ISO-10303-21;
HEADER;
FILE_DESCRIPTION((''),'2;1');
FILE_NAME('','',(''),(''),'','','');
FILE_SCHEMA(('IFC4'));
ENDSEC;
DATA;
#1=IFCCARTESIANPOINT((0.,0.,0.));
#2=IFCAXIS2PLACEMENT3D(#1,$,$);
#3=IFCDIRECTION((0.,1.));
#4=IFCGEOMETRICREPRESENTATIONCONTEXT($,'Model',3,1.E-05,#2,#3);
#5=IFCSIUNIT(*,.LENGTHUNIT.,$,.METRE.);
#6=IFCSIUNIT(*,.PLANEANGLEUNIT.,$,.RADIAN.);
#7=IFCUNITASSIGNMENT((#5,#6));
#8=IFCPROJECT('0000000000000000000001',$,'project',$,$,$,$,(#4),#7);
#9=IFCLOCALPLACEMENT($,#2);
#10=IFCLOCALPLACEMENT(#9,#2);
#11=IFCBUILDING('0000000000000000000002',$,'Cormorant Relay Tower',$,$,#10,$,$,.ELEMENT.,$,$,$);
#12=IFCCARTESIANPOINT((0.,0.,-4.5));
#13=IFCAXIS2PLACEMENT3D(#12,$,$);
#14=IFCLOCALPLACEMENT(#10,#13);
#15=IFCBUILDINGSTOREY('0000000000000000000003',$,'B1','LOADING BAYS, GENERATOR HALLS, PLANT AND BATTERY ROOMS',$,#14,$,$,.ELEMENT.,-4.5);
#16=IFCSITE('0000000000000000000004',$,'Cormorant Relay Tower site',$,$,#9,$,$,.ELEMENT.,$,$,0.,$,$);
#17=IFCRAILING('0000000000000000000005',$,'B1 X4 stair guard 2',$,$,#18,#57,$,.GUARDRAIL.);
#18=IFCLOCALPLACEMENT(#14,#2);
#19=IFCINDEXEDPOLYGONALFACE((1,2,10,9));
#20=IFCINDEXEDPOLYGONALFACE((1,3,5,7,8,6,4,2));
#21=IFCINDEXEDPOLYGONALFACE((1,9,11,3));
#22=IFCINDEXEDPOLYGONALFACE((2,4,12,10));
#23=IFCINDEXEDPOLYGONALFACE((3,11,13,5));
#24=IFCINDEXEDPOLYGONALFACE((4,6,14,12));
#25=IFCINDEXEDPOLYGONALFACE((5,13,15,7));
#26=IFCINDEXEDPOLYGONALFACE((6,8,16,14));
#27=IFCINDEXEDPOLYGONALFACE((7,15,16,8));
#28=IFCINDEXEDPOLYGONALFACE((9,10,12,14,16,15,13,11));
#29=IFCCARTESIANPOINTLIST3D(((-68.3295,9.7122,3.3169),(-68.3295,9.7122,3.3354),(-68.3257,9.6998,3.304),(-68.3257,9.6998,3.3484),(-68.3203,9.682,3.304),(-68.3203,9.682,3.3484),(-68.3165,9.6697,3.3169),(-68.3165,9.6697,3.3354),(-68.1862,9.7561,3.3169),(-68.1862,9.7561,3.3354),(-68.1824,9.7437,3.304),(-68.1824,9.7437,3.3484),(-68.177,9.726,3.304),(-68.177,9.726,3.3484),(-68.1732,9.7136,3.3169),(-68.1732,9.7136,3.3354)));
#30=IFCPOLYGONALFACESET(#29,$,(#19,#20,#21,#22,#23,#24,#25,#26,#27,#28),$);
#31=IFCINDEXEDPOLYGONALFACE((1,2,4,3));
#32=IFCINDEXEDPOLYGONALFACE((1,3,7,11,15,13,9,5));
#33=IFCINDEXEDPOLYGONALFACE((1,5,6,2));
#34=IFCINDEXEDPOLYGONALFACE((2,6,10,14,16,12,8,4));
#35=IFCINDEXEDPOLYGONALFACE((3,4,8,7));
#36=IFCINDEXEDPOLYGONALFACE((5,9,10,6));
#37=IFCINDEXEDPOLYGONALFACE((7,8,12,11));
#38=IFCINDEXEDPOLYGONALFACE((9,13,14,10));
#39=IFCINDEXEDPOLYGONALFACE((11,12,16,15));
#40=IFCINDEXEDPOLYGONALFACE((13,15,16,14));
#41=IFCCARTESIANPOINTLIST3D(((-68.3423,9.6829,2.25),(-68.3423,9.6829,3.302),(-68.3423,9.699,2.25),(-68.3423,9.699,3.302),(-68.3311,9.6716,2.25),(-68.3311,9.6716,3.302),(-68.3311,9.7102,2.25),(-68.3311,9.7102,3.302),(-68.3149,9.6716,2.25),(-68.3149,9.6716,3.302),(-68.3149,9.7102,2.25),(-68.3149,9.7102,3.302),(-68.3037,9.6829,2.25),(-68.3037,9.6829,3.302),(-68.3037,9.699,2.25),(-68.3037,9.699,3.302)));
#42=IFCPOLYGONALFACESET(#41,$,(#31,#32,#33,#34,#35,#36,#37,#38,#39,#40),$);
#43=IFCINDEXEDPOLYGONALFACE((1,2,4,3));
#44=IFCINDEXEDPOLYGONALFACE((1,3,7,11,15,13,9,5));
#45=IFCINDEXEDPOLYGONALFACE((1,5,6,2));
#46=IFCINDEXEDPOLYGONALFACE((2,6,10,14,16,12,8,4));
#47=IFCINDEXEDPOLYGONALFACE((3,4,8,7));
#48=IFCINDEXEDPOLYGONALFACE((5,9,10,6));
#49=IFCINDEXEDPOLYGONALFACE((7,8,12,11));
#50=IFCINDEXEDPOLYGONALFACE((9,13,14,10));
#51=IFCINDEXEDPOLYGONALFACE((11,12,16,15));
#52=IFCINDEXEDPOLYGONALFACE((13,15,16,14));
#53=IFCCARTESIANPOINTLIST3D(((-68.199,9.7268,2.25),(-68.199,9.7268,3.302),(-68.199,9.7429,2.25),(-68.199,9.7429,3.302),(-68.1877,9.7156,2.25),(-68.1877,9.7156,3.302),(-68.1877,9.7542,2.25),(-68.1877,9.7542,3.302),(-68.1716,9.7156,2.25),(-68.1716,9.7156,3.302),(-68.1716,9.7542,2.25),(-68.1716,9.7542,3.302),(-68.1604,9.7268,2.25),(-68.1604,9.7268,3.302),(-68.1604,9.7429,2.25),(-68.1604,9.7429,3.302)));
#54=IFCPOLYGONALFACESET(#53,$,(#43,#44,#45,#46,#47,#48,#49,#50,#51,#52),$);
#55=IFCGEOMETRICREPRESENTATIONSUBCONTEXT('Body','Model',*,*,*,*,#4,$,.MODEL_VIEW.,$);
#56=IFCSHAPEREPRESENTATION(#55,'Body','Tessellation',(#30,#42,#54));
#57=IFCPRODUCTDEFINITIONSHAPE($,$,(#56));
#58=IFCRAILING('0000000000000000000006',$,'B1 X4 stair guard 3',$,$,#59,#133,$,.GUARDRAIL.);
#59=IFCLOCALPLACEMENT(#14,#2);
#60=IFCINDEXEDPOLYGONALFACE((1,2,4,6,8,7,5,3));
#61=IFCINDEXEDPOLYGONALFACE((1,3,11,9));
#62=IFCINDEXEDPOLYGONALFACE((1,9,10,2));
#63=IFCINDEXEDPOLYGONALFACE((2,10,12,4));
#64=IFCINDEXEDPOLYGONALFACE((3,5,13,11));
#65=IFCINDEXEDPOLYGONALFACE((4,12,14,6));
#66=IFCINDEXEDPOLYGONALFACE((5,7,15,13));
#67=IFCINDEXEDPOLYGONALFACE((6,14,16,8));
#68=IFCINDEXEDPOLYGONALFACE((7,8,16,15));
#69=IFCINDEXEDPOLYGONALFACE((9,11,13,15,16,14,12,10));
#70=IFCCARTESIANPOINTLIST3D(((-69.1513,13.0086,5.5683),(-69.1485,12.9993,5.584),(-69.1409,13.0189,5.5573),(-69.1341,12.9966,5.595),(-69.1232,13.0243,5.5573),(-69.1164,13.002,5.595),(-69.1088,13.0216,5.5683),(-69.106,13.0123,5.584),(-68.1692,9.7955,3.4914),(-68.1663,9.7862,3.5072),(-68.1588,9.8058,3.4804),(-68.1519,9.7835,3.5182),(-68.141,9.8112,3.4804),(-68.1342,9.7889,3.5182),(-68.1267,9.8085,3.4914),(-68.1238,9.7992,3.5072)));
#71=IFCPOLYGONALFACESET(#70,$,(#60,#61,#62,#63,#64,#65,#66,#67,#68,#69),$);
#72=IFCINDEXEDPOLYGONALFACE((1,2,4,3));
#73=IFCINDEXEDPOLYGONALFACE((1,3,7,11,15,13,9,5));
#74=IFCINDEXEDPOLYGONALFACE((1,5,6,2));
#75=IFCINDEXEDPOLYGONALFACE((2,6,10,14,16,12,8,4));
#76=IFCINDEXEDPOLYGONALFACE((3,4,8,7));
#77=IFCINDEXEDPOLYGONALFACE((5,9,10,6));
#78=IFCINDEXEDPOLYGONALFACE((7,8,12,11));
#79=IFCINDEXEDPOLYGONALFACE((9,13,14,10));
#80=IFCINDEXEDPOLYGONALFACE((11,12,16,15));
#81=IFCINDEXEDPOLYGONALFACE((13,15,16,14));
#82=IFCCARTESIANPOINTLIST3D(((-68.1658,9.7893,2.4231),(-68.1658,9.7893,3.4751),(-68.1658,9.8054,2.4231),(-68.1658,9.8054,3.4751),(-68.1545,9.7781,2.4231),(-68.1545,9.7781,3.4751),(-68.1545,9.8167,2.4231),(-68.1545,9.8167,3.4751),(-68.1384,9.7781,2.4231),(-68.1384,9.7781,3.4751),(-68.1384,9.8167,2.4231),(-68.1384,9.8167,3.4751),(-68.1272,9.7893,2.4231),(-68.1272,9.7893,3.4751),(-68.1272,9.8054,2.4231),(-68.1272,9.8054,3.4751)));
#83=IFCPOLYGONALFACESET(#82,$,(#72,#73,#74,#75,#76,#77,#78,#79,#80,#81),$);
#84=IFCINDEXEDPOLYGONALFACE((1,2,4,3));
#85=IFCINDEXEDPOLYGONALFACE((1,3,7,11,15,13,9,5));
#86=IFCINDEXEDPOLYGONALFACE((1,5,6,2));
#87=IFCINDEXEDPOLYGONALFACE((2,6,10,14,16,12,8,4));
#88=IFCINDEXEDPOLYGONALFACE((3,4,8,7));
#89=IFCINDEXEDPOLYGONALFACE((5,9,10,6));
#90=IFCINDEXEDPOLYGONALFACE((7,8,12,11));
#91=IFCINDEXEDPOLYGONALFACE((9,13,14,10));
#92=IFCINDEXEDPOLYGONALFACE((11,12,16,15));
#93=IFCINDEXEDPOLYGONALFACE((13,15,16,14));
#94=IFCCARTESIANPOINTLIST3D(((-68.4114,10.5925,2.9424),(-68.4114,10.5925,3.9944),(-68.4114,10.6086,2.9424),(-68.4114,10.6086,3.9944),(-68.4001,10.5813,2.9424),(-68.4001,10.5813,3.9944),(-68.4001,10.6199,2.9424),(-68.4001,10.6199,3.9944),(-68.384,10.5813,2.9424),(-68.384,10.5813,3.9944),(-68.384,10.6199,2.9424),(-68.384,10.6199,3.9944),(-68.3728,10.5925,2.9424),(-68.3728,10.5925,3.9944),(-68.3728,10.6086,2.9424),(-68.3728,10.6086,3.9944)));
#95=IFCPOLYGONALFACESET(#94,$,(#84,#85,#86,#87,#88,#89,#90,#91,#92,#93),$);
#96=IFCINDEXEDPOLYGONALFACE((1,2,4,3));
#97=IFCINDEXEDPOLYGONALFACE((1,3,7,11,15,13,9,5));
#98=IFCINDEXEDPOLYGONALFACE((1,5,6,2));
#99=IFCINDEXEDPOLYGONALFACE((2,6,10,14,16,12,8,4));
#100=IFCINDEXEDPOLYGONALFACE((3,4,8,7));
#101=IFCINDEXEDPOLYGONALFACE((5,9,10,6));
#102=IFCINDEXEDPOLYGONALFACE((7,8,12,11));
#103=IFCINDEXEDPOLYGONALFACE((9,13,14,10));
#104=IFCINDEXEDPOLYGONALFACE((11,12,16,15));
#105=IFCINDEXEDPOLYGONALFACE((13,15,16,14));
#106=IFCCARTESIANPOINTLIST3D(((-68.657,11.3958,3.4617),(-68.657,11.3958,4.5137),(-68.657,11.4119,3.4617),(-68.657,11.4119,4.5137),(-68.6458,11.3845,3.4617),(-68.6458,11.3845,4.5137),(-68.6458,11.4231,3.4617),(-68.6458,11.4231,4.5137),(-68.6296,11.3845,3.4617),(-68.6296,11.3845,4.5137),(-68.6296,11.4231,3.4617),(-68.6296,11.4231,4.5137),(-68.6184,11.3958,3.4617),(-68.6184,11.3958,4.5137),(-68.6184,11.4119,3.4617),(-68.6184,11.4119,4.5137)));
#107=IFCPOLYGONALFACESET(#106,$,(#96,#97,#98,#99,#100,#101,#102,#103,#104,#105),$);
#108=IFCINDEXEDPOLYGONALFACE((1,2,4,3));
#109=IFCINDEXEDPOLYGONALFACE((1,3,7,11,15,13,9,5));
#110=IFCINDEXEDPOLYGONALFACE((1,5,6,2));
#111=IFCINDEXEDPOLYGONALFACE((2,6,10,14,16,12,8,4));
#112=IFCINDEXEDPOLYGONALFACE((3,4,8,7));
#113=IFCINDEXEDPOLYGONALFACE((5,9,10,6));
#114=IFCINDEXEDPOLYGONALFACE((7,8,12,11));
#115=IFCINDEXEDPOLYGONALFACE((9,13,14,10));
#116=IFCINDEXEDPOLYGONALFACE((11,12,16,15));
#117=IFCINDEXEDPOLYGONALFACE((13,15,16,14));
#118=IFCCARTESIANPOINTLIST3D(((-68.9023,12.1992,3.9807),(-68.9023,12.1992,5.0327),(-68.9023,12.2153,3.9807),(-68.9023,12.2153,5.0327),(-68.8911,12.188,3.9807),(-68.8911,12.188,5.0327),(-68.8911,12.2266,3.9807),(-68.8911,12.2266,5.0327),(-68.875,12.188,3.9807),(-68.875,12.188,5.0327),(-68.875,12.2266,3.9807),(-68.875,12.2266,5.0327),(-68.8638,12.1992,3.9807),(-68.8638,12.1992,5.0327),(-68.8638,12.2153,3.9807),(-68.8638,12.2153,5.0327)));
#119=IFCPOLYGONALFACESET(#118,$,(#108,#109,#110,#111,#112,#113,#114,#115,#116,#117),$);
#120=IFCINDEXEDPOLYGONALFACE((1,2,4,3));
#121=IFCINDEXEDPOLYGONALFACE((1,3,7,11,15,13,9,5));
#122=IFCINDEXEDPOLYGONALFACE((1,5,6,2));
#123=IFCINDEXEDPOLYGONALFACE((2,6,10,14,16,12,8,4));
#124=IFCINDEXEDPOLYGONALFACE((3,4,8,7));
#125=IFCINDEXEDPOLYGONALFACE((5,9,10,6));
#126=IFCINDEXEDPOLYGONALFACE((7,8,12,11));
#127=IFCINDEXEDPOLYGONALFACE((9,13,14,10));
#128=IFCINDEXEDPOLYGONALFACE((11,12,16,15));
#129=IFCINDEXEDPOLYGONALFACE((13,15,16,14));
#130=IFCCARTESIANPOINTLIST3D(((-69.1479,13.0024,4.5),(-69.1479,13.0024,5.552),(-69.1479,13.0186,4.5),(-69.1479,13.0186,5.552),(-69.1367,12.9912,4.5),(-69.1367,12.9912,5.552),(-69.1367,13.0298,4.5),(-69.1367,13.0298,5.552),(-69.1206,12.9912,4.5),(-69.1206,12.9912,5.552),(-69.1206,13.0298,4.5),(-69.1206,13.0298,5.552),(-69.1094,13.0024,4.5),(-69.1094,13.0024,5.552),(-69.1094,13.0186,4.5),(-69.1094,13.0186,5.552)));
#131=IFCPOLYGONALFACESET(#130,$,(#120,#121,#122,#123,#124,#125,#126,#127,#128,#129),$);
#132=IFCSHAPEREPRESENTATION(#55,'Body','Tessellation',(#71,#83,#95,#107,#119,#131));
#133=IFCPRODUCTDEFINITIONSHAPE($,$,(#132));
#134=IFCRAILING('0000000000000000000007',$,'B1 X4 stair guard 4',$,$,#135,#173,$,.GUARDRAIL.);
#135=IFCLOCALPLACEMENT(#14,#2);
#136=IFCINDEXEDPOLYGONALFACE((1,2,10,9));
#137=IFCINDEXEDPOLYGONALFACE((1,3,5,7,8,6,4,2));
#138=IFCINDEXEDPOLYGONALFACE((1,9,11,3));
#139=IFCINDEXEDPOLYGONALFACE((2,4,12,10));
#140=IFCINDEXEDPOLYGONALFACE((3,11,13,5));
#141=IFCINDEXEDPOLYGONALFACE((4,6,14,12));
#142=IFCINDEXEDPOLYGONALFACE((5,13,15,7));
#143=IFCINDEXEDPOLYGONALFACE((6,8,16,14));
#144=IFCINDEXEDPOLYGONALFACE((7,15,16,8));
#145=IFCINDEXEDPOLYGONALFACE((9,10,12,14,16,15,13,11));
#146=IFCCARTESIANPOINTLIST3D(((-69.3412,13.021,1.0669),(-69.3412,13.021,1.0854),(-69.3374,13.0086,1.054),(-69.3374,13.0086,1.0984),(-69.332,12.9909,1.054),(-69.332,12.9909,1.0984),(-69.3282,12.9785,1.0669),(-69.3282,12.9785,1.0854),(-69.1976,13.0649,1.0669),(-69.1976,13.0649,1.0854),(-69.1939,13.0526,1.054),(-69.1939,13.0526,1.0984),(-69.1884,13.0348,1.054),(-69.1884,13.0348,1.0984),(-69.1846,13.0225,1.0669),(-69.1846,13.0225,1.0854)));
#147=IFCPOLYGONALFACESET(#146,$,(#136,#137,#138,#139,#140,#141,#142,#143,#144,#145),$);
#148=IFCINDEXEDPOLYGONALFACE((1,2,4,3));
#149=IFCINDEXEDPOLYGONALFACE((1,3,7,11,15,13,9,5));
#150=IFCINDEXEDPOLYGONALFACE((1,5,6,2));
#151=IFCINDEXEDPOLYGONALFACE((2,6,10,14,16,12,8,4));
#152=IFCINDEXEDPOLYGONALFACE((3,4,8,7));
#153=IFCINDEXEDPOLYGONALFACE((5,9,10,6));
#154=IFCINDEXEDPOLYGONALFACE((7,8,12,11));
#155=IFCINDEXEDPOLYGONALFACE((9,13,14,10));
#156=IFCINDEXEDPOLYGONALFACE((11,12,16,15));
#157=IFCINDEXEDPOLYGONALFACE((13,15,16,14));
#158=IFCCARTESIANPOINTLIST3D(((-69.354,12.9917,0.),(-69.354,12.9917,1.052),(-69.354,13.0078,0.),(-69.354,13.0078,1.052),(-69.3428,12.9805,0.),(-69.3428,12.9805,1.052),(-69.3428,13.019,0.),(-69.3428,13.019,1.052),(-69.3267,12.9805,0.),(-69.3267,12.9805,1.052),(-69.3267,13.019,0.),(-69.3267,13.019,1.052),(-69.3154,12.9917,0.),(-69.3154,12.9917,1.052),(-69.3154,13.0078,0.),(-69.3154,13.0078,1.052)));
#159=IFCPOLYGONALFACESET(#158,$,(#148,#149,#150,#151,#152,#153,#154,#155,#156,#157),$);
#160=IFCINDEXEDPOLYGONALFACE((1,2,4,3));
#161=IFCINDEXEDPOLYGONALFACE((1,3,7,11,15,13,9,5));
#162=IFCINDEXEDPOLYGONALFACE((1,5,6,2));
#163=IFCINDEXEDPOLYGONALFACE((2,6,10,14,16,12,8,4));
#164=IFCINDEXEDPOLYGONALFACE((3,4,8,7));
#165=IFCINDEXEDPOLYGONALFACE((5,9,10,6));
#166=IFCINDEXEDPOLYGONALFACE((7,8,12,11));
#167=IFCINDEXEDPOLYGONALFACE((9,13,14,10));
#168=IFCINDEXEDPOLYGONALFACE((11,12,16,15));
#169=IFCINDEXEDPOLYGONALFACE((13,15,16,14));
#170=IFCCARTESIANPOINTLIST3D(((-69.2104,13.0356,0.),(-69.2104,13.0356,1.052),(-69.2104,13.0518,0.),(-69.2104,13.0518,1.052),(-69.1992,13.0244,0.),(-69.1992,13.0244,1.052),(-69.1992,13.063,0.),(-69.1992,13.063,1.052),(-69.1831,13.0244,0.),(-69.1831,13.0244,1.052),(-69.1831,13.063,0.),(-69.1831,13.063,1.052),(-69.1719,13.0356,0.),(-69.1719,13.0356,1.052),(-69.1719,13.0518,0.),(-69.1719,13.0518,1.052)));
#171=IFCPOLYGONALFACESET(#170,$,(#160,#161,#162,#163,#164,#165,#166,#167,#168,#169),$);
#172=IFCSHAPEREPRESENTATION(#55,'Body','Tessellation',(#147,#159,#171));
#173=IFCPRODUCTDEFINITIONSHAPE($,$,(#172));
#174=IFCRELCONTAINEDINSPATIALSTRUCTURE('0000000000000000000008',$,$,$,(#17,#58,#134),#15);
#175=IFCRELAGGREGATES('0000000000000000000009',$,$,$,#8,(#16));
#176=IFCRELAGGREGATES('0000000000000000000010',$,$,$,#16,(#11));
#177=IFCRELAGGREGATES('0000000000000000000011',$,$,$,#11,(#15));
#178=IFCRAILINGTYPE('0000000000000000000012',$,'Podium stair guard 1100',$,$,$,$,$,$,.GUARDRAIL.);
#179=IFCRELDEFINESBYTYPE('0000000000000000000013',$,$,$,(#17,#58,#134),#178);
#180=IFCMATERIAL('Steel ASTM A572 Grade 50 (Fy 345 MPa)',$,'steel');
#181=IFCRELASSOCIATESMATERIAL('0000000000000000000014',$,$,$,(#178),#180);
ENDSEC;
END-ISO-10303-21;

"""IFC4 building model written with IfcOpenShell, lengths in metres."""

from ifc_helpers import new_model, si_unit, direction, frame, origin, place, context, subcontext, project, spatial, polyline, outline, extrude, material, type_object, element, save


model = new_model("IFC4")

# Units and contexts
model_context = context("Model", 3, precision=1e-05, world=origin(), true_north=direction((0.0, 1.0)))
body_context = subcontext(model_context, "Body", "Model", "MODEL_VIEW")
ifc_project = project(units=[si_unit("LENGTHUNIT", "METRE"), si_unit("PLANEANGLEUNIT", "RADIAN")], contexts=[model_context])

# Site, building, storey
site_placement = place(None, origin())
site = spatial("IfcSite", under=ifc_project, at=site_placement, Name="Cormorant Relay Tower site", CompositionType="ELEMENT", RefElevation=0.0)
building_placement = place(site_placement, origin())
building = spatial("IfcBuilding", under=site, at=building_placement, Name="Cormorant Relay Tower", CompositionType="ELEMENT")
storey_placement = place(building_placement, frame((0.0, 0.0, -4.5)))
storey = spatial("IfcBuildingStorey", under=building, at=storey_placement, Name="B1", Description="LOADING BAYS, GENERATOR HALLS, PLANT AND BATTERY ROOMS", CompositionType="ELEMENT", Elevation=-4.5)

# Railings
ifc_material_1 = material(Name="Steel ASTM A572 Grade 50 (Fy 345 MPa)", Category="steel")
railing_type_1 = type_object("IfcRailingType", Name="Podium stair guard 1100", PredefinedType="GUARDRAIL", material=ifc_material_1)
railing_1_placement = place(storey_placement, frame((-68.323, 9.6909, 2.25)))
element("IfcRailing", 1, at=railing_1_placement, inside=storey, type_object=railing_type_1, Name="B1 X4 stair guard 2", PredefinedType="GUARDRAIL", context=body_context, shape_type="SweptSolid", body=[
    extrude(outline(polyline([(0.0222, 0.0093), (0.0093, 0.0222), (-0.0093, 0.0222), (-0.0222, 0.0093), (-0.0222, -0.0093), (-0.0093, -0.0222), (0.0093, -0.0222), (0.0222, -0.0093), (0.0222, 0.0093)])), frame((0.0, 0.0, 1.0762), z_axis=(0.95606, 0.29317, 0.0), x_axis=(-0.29317, 0.95606, 0.0)), (0.0, 0.0, 1.0), 0.1499),
    extrude(outline(polyline([(0.0193, 0.0081), (0.0081, 0.0193), (-0.0081, 0.0193), (-0.0193, 0.0081), (-0.0193, -0.0081), (-0.0081, -0.0193), (0.0081, -0.0193), (0.0193, -0.0081), (0.0193, 0.0081)])), origin(), (0.0, 0.0, 1.0), 1.052),
    extrude(outline(polyline([(0.0193, 0.0081), (0.0081, 0.0193), (-0.0081, 0.0193), (-0.0193, 0.0081), (-0.0193, -0.0081), (-0.0081, -0.0193), (0.0081, -0.0193), (0.0193, -0.0081), (0.0193, 0.0081)])), frame((0.1433, 0.0439, 0.0)), (0.0, 0.0, 1.0), 1.052),
])
railing_2_placement = place(storey_placement, frame((-68.1465, 9.7974, 2.4231)))
element("IfcRailing", 2, at=railing_2_placement, inside=storey, type_object=railing_type_1, Name="B1 X4 stair guard 3", PredefinedType="GUARDRAIL", context=body_context, shape_type="SweptSolid", body=[
    extrude(outline(polyline([(0.0222, 0.0093), (0.0093, 0.0222), (-0.0093, 0.0222), (-0.0222, 0.0093), (-0.0222, -0.0093), (-0.0093, -0.0222), (0.0093, -0.0222), (0.0222, -0.0093), (0.0222, 0.0093)])), frame((0.0, 0.0, 1.0762), z_axis=(-0.248653, 0.813453, 0.5258), x_axis=(-0.956319, -0.292324, 0.0)), (0.0, 0.0, 1.0), 3.95),
    extrude(outline(polyline([(0.0193, 0.0081), (0.0081, 0.0193), (-0.0081, 0.0193), (-0.0193, 0.0081), (-0.0193, -0.0081), (-0.0081, -0.0193), (0.0081, -0.0193), (0.0193, -0.0081), (0.0193, 0.0081)])), origin(), (0.0, 0.0, 1.0), 1.052),
    extrude(outline(polyline([(0.0193, 0.0081), (0.0081, 0.0193), (-0.0081, 0.0193), (-0.0193, 0.0081), (-0.0193, -0.0081), (-0.0081, -0.0193), (0.0081, -0.0193), (0.0193, -0.0081), (0.0193, 0.0081)])), frame((-0.2456, 0.8032, 0.5193)), (0.0, 0.0, 1.0), 1.052),
    extrude(outline(polyline([(0.0193, 0.0081), (0.0081, 0.0193), (-0.0081, 0.0193), (-0.0193, 0.0081), (-0.0193, -0.0081), (-0.0081, -0.0193), (0.0081, -0.0193), (0.0193, -0.0081), (0.0193, 0.0081)])), frame((-0.4912, 1.6064, 1.0386)), (0.0, 0.0, 1.0), 1.052),
    extrude(outline(polyline([(0.0193, 0.0081), (0.0081, 0.0193), (-0.0081, 0.0193), (-0.0193, 0.0081), (-0.0193, -0.0081), (-0.0081, -0.0193), (0.0081, -0.0193), (0.0193, -0.0081), (0.0193, 0.0081)])), frame((-0.7366, 2.4099, 1.5576)), (0.0, 0.0, 1.0), 1.052),
    extrude(outline(polyline([(0.0193, 0.0081), (0.0081, 0.0193), (-0.0081, 0.0193), (-0.0193, 0.0081), (-0.0193, -0.0081), (-0.0081, -0.0193), (0.0081, -0.0193), (0.0193, -0.0081), (0.0193, 0.0081)])), frame((-0.9822, 3.2131, 2.0769)), (0.0, 0.0, 1.0), 1.052),
])
railing_3_placement = place(storey_placement, frame((-69.3347, 12.9998, 0.0)))
element("IfcRailing", 3, at=railing_3_placement, inside=storey, type_object=railing_type_1, Name="B1 X4 stair guard 4", PredefinedType="GUARDRAIL", context=body_context, shape_type="SweptSolid", body=[
    extrude(outline(polyline([(0.0222, 0.0093), (0.0093, 0.0222), (-0.0093, 0.0222), (-0.0222, 0.0093), (-0.0222, -0.0093), (-0.0093, -0.0222), (0.0093, -0.0222), (0.0222, -0.0093), (0.0222, 0.0093)])), frame((0.0, 0.0, 1.0762), z_axis=(0.9562, 0.292714, 0.0), x_axis=(-0.292714, 0.9562, 0.0)), (0.0, 0.0, 1.0), 0.1501),
    extrude(outline(polyline([(0.0193, 0.0081), (0.0081, 0.0193), (-0.0081, 0.0193), (-0.0193, 0.0081), (-0.0193, -0.0081), (-0.0081, -0.0193), (0.0081, -0.0193), (0.0193, -0.0081), (0.0193, 0.0081)])), origin(), (0.0, 0.0, 1.0), 1.052),
    extrude(outline(polyline([(0.0193, 0.0081), (0.0081, 0.0193), (-0.0081, 0.0193), (-0.0193, 0.0081), (-0.0193, -0.0081), (-0.0081, -0.0193), (0.0081, -0.0193), (0.0193, -0.0081), (0.0193, 0.0081)])), frame((0.1436, 0.0439, 0.0)), (0.0, 0.0, 1.0), 1.052),
])

save(model, "model.ifc")
